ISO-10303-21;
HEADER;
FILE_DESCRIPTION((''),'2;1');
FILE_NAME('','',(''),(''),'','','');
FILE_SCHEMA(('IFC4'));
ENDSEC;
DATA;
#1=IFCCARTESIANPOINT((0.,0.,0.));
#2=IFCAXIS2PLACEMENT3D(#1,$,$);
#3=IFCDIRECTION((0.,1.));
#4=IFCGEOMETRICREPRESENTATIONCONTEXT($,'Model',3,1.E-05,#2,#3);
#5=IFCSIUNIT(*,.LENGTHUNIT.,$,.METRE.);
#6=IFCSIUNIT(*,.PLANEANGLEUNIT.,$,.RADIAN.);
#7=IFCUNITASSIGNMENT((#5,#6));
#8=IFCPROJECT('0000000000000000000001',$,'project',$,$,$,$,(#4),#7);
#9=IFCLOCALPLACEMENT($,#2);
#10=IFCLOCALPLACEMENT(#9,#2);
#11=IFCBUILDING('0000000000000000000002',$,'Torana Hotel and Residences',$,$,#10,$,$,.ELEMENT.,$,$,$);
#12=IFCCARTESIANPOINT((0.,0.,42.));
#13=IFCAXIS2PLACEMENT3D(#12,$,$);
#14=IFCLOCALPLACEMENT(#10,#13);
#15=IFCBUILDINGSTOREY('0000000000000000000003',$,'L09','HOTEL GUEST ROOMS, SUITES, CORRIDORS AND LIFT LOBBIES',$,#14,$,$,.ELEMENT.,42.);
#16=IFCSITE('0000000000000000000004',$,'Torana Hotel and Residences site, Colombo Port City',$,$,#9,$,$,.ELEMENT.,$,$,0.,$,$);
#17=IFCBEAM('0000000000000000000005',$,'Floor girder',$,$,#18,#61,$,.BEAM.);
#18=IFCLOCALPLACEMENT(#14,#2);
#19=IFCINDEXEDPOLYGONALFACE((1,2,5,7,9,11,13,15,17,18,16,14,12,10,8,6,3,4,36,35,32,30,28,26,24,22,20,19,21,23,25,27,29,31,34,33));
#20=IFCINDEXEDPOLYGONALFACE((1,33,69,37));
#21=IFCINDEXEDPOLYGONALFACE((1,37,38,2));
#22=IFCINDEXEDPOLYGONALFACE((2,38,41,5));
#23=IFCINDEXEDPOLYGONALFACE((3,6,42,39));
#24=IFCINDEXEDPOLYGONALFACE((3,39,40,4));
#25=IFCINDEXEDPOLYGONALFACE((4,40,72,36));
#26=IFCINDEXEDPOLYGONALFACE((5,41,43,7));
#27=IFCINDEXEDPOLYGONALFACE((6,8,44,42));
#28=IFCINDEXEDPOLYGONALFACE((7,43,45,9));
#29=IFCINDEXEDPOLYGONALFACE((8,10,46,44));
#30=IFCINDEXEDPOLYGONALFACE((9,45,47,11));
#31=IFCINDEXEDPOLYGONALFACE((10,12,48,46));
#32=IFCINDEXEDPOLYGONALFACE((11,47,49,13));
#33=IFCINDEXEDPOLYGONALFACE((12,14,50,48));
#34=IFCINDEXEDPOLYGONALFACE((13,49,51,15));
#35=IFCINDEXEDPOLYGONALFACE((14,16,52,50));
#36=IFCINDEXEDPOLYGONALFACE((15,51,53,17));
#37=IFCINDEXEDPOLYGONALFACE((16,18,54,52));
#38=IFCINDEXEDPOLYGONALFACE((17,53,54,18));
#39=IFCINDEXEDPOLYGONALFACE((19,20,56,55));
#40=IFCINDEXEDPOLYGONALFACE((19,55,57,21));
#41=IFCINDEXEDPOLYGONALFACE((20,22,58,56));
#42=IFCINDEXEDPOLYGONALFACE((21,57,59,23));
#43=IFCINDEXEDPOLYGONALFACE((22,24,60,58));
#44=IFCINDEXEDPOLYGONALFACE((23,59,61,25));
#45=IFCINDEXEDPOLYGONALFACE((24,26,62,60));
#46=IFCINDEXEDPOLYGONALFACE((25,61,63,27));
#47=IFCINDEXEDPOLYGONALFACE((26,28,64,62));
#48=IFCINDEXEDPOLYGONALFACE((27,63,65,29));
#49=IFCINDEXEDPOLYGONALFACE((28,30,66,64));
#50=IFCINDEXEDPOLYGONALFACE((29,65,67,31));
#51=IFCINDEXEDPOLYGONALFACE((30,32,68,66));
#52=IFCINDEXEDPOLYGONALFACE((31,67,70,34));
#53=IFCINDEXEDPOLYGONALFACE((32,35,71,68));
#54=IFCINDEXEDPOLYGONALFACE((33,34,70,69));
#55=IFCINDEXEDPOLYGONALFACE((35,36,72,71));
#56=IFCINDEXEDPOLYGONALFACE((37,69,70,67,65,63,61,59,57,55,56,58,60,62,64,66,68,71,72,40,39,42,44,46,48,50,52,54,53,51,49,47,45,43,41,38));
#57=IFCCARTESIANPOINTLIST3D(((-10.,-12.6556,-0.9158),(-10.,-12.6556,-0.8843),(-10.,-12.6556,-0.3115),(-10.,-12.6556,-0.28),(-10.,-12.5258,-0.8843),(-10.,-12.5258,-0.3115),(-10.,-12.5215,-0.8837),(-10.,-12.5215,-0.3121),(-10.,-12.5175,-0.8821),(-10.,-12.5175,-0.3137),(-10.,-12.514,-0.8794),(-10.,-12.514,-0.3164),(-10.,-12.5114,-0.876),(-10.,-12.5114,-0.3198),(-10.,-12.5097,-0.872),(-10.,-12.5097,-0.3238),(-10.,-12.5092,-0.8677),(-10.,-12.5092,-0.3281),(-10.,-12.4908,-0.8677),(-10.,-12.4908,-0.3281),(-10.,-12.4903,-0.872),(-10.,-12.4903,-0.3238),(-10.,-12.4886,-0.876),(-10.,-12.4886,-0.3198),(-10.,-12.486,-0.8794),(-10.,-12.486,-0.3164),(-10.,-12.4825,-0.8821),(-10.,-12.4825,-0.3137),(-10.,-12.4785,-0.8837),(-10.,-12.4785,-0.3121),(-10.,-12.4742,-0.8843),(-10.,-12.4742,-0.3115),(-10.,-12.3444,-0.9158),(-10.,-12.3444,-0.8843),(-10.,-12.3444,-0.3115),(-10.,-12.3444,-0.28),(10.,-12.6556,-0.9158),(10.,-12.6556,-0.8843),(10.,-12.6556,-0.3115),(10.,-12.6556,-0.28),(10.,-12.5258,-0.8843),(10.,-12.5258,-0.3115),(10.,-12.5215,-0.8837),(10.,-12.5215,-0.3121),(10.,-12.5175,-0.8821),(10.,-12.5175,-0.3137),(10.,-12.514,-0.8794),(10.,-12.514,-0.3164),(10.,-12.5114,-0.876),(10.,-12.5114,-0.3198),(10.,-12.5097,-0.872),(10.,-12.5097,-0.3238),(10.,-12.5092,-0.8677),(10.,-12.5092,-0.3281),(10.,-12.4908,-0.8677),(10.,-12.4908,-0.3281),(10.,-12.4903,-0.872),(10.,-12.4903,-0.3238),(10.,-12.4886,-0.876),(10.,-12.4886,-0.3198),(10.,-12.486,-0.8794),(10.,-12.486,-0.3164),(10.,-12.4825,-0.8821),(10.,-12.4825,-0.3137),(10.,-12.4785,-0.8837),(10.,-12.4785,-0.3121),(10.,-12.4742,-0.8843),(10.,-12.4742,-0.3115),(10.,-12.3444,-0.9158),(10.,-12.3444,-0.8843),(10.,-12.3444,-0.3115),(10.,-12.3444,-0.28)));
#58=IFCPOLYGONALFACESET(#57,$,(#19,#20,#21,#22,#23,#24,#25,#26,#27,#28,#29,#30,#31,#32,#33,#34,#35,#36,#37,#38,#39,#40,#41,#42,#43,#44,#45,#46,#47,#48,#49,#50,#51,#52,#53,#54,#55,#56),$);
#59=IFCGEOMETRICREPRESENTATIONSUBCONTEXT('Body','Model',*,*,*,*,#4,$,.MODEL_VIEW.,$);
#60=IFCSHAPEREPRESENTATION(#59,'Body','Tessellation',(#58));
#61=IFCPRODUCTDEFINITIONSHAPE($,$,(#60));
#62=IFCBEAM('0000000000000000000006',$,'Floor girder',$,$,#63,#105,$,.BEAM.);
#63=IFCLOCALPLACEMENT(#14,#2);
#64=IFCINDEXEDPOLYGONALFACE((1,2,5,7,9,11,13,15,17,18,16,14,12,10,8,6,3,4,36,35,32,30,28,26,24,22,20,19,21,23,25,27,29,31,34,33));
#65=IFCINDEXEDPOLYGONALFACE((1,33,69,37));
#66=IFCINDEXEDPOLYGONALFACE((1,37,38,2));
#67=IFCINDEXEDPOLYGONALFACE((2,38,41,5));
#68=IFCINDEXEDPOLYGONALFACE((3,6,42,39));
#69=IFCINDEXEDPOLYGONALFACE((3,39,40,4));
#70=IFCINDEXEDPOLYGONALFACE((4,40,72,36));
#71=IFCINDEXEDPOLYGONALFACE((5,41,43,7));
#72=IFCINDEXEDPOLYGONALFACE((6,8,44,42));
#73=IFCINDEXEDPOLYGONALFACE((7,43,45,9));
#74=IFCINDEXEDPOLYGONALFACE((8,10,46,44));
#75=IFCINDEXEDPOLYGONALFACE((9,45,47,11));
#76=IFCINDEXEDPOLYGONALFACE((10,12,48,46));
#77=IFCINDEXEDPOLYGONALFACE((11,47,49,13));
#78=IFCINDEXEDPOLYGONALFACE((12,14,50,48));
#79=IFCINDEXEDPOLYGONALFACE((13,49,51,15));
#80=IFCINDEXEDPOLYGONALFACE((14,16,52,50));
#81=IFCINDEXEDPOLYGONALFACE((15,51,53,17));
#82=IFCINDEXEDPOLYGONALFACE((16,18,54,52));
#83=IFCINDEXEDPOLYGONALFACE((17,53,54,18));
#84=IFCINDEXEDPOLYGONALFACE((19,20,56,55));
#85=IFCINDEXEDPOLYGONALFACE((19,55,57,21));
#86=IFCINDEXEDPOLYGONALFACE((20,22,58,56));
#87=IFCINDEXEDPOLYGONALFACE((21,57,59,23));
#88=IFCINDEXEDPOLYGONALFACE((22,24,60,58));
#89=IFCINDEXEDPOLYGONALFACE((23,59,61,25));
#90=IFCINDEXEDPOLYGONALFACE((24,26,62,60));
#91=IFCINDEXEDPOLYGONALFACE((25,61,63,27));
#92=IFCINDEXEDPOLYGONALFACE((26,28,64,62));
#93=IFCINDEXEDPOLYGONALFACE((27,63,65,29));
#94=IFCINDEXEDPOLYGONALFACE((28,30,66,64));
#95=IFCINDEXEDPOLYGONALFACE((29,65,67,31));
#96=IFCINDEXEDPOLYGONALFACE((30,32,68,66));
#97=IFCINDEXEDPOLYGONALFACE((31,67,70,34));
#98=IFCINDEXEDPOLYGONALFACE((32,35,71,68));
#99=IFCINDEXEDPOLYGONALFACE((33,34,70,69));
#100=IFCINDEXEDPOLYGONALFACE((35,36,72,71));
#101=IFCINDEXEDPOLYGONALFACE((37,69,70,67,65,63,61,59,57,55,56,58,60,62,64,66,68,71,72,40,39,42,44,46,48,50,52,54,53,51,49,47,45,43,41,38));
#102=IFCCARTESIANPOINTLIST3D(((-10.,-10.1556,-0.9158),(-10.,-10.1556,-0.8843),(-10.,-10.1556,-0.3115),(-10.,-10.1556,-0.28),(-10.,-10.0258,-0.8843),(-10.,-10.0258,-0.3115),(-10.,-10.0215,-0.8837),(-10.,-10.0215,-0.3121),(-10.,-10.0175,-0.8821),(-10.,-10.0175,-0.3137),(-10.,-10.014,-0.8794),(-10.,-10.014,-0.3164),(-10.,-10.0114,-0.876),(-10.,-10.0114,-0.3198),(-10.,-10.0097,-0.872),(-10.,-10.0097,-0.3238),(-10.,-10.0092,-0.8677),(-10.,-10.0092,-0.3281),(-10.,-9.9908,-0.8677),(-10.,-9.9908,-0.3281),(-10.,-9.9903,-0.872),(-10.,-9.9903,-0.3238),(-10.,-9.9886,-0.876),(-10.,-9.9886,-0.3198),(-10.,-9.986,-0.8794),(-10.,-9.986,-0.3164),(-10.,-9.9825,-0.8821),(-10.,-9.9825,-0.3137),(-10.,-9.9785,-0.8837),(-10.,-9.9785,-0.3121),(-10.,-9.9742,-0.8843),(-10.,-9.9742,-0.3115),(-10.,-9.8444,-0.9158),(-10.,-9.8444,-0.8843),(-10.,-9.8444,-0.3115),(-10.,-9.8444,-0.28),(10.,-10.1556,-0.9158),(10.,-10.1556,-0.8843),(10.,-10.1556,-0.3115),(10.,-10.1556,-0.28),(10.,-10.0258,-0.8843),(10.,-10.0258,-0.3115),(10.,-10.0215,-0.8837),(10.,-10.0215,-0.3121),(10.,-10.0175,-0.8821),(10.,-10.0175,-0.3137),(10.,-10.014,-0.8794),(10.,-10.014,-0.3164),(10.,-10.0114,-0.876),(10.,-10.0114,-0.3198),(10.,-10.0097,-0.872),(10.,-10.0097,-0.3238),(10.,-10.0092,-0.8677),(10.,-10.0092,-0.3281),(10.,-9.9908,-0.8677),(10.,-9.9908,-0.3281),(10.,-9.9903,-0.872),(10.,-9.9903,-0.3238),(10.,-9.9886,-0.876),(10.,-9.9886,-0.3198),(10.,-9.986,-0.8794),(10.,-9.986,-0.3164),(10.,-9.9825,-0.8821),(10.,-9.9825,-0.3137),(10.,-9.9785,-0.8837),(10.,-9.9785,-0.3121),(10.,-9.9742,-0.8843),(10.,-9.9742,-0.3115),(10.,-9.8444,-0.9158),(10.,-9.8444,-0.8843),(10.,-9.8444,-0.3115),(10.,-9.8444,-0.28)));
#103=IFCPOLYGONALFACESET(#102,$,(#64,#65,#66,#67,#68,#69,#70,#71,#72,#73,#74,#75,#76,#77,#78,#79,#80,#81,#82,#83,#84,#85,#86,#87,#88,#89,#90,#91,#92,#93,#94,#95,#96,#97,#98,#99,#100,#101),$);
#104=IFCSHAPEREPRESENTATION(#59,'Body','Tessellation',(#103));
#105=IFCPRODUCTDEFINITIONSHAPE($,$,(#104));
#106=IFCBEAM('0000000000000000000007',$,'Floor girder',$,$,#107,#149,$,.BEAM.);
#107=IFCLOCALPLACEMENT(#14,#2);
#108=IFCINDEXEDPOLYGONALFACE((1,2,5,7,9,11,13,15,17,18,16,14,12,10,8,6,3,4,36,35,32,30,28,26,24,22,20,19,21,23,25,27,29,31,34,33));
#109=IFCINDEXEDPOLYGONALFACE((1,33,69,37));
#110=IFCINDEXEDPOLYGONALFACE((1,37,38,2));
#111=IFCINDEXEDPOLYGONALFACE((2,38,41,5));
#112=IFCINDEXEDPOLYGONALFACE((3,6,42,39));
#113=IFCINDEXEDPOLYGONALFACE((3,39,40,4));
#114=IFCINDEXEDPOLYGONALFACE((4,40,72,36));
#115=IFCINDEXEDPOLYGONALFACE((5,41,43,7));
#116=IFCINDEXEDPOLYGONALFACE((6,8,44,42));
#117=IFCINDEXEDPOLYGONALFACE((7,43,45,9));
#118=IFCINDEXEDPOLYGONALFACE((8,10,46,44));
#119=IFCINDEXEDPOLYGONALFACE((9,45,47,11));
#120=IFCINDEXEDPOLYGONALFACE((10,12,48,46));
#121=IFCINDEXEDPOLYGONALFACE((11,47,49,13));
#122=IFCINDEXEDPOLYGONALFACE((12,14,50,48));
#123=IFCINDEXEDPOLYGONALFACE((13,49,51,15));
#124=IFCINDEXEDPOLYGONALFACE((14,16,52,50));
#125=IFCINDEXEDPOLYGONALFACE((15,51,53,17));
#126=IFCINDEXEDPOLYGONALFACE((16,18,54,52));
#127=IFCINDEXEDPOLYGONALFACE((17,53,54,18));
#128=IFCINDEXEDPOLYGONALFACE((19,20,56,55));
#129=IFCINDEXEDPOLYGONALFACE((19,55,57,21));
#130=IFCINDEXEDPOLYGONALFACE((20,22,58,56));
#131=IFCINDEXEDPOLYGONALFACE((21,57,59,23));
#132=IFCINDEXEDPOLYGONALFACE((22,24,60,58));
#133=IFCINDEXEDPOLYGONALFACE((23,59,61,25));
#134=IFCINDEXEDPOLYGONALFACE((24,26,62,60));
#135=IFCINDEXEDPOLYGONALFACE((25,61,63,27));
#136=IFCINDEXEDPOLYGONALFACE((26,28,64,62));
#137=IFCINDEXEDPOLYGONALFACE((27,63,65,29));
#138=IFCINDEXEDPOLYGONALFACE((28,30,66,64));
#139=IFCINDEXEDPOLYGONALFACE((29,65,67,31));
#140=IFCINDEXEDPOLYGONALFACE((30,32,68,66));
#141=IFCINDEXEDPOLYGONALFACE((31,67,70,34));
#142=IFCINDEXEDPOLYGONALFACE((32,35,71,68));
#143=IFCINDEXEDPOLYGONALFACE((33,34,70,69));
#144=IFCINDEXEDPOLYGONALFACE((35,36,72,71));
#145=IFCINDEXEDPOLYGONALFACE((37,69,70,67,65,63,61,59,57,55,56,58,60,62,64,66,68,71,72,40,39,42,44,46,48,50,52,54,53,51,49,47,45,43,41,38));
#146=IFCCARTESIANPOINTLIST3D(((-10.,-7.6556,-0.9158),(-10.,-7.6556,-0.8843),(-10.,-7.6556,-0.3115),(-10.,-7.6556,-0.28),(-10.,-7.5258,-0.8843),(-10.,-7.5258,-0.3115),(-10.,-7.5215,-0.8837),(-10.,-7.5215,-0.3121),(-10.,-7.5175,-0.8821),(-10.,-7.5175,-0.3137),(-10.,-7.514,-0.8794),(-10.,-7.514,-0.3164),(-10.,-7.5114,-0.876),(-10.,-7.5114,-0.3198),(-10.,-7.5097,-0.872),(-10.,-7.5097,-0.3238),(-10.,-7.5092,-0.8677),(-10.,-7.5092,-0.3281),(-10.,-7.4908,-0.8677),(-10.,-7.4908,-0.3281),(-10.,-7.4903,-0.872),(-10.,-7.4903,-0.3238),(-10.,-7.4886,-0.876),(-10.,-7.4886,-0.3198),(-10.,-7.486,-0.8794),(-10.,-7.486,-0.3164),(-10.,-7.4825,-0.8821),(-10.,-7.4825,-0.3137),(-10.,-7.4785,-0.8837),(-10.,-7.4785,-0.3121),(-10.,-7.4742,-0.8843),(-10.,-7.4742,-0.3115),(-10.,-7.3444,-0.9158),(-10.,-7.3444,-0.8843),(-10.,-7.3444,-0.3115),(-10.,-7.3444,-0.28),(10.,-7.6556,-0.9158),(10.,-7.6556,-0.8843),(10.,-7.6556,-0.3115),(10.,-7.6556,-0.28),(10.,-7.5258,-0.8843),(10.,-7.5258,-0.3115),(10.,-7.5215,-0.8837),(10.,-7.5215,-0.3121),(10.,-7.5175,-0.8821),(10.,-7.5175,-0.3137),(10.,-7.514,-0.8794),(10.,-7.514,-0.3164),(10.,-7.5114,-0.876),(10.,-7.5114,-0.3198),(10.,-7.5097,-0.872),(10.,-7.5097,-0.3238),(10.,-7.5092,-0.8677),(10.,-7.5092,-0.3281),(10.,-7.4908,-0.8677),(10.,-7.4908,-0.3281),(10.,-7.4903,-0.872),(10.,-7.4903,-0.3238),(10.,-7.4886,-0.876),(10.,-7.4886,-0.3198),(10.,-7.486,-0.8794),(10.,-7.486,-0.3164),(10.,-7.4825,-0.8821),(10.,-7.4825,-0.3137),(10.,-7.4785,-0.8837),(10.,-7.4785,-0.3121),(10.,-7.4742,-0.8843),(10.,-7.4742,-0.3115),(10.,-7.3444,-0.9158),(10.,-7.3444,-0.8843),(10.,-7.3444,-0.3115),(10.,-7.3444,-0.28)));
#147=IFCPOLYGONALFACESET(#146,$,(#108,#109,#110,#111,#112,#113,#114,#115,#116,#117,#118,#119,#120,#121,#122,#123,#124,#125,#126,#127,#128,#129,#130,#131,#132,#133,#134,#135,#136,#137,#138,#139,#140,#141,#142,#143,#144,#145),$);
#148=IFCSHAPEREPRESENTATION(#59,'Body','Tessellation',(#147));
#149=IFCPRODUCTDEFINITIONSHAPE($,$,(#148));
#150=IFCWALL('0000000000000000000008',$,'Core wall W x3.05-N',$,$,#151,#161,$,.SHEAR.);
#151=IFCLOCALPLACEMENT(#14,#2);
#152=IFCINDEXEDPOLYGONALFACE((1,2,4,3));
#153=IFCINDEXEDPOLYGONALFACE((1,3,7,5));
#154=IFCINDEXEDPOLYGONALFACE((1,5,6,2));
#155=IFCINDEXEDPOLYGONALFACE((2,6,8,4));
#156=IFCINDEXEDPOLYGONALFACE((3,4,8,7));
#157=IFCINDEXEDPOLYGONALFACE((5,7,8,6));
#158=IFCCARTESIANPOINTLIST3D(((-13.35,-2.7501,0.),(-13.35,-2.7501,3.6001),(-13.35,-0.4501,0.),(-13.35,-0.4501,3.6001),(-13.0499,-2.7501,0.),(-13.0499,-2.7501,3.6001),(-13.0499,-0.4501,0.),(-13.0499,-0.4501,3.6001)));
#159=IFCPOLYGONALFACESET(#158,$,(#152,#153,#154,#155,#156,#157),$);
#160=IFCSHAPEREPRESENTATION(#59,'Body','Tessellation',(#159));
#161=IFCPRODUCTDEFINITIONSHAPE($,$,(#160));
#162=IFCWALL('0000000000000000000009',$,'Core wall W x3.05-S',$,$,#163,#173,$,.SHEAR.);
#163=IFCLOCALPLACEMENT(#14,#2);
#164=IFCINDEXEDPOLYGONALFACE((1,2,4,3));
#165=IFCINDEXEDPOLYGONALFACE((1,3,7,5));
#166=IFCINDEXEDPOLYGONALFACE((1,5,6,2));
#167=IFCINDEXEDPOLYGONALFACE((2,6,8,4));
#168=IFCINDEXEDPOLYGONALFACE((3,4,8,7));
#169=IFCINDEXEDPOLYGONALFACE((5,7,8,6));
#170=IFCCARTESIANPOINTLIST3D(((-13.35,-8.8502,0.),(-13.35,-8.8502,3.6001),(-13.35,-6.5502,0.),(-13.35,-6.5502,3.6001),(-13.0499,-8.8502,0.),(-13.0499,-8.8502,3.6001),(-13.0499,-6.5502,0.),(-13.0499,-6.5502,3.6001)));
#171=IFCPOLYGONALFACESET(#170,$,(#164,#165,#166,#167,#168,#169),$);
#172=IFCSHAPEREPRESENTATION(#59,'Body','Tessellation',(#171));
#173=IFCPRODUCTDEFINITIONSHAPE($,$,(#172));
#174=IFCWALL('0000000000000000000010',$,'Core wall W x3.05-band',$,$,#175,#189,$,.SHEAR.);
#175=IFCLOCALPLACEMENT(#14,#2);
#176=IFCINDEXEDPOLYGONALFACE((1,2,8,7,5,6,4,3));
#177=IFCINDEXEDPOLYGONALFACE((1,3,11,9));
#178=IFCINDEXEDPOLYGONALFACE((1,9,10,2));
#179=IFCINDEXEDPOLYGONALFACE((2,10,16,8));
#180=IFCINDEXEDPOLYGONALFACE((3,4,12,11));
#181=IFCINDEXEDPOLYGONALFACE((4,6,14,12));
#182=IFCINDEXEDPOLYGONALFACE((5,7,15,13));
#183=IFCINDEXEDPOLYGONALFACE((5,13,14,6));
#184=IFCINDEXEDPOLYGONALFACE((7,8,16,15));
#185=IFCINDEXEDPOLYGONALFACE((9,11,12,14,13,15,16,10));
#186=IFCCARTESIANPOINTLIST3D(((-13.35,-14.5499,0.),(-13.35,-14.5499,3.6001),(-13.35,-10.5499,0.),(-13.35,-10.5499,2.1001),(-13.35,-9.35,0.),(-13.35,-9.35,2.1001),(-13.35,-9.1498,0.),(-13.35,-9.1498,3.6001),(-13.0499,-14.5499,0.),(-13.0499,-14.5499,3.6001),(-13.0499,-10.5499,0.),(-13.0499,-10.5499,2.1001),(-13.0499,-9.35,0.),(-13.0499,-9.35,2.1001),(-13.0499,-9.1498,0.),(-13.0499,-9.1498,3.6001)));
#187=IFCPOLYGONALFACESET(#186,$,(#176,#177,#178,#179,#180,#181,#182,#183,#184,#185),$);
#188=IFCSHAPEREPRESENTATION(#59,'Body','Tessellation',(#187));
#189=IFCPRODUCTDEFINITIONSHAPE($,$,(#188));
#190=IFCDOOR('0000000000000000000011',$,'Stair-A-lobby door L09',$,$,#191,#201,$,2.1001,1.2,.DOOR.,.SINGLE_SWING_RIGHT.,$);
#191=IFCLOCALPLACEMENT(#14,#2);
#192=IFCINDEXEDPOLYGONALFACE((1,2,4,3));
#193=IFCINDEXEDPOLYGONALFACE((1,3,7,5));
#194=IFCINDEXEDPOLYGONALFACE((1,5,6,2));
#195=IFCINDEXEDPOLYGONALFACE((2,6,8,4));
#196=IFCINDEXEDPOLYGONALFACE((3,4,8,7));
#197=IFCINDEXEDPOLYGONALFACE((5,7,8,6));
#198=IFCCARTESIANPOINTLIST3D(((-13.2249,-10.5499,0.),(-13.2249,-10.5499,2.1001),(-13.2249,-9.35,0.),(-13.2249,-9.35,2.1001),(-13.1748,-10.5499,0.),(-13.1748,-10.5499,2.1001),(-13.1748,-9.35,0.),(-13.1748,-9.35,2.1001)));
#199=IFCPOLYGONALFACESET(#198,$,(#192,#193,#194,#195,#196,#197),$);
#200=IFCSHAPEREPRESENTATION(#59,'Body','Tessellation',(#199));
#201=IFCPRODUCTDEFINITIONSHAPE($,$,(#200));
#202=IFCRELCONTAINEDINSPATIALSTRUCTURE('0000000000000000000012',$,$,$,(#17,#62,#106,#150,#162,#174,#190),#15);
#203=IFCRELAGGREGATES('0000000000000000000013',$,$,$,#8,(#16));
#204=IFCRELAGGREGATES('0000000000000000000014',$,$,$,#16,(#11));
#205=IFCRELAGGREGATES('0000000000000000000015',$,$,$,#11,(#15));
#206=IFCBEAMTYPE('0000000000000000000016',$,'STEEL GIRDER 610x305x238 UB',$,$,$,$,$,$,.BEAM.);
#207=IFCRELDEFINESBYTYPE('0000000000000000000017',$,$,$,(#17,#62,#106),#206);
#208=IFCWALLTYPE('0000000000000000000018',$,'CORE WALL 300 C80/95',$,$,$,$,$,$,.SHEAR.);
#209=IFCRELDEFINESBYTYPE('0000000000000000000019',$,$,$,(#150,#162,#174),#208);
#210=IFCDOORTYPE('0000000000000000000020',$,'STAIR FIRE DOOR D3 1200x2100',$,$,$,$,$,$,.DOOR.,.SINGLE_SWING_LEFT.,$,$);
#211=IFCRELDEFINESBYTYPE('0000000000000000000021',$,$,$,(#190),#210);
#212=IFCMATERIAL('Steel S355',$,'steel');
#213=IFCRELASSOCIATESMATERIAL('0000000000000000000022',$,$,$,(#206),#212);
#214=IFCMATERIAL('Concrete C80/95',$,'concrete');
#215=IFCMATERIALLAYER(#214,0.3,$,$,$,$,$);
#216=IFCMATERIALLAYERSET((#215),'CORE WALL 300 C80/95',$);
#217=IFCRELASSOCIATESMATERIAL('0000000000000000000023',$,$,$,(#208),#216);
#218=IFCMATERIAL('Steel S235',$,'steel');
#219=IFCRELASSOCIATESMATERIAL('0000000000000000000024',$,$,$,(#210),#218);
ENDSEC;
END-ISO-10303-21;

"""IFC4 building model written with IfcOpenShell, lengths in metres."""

from ifc_helpers import new_model, si_unit, direction, frame, frame_2d, origin, origin_2d, place, context, subcontext, project, spatial, rectangle, i_section, extrude, material, layer, layer_set, material_profile, profile_set, type_object, element, fill, save


model = new_model("IFC4")

# Units and contexts
model_context = context("Model", 3, precision=1e-05, world=origin(), true_north=direction((0.0, 1.0)))
body_context = subcontext(model_context, "Body", "Model", "MODEL_VIEW")
ifc_project = project(units=[si_unit("LENGTHUNIT", "METRE"), si_unit("PLANEANGLEUNIT", "RADIAN")], contexts=[model_context])

# Site, building, storey
site_placement = place(None, origin())
site = spatial("IfcSite", under=ifc_project, at=site_placement, Name="Torana Hotel and Residences site, Colombo Port City", CompositionType="ELEMENT", RefElevation=0.0)
building_placement = place(site_placement, origin())
building = spatial("IfcBuilding", under=site, at=building_placement, Name="Torana Hotel and Residences", CompositionType="ELEMENT")
storey_placement = place(building_placement, frame((0.0, 0.0, 42.0)))
storey = spatial("IfcBuildingStorey", under=building, at=storey_placement, Name="L09", Description="HOTEL GUEST ROOMS, SUITES, CORRIDORS AND LIFT LOBBIES", CompositionType="ELEMENT", Elevation=42.0)

# Beams
ifc_material_1 = material(Name="Steel S355", Category="steel")
ifc_material_profile = material_profile(ifc_material_1, i_section(OverallWidth=0.3113, OverallDepth=0.6357, WebThickness=0.0183, FlangeThickness=0.0315, FilletRadius=0.0166, at=origin_2d()), Name="610x305x238 UB")
ifc_profile_set = profile_set([ifc_material_profile], Name="Steel S355")
beam_type = type_object("IfcBeamType", Name="STEEL GIRDER 610x305x238 UB", PredefinedType="BEAM", material=ifc_profile_set)
for number, where, z_axis, x_axis, name in (
    (1, (-10.0, -12.5, -0.5979), (1.0, 0.0, 0.0), (0.0, 1.0, 0.0), "Floor girder"),
    (2, (-10.0, -10.0, -0.5979), (1.0, 0.0, 0.0), (0.0, 1.0, 0.0), "Floor girder"),
    (3, (-10.0, -7.5, -0.5979), (1.0, 0.0, 0.0), (0.0, 1.0, 0.0), "Floor girder"),
):
    element("IfcBeam", number, at=place(storey_placement, frame(where, z_axis=z_axis, x_axis=x_axis)), inside=storey, type_object=beam_type, Name=name, PredefinedType="BEAM", context=body_context, shape_type="SweptSolid", body=[
        extrude(i_section(OverallWidth=0.3113, OverallDepth=0.6357, WebThickness=0.0183, FlangeThickness=0.0315, FilletRadius=0.0166, at=origin_2d()), origin(), (0.0, 0.0, 1.0), 20.0),
    ])

# Walls
ifc_material_2 = material(Name="Concrete C80/95", Category="concrete")
ifc_layer_1 = layer(ifc_material_2, 0.3)
ifc_layer_set_1 = layer_set([ifc_layer_1], Name="CORE WALL 300 C80/95")
wall_type_1 = type_object("IfcWallType", Name="CORE WALL 300 C80/95", PredefinedType="SHEAR", material=ifc_layer_set_1)
for number, where, z_axis, x_axis, name in (
    (4, (-13.2, -2.75, 0.0), (0.0, 0.0, 1.0), (0.0, 1.0, 0.0), "Core wall W x3.05-N"),
    (5, (-13.2, -8.8501, 0.0), (0.0, 0.0, 1.0), (0.0, 1.0, 0.0), "Core wall W x3.05-S"),
):
    element("IfcWall", number, at=place(storey_placement, frame(where, z_axis=z_axis, x_axis=x_axis)), inside=storey, type_object=wall_type_1, Name=name, PredefinedType="SHEAR", context=body_context, shape_type="SweptSolid", body=[
        extrude(rectangle(XDim=2.3, YDim=0.3, at=frame_2d((1.1499, 0.0))), origin(), (0.0, 0.0, 1.0), 3.6001),
    ])

# Wall, opening, door
wall_1_placement = place(storey_placement, frame((-13.2, -14.55, 0.0), z_axis=(0.0, 0.0, 1.0), x_axis=(0.0, 1.0, 0.0)))
wall_1 = element("IfcWall", 6, at=wall_1_placement, inside=storey, type_object=wall_type_1, Name="Core wall W x3.05-band", PredefinedType="SHEAR", context=body_context, shape_type="SweptSolid", body=[
    extrude(rectangle(XDim=5.4001, YDim=0.3, at=frame_2d((2.7002, 0.0))), origin(), (0.0, 0.0, 1.0), 3.6001),
])
opening_1_placement = place(wall_1_placement, frame((4.0, 0.0, 0.0)))
opening_1 = element("IfcOpeningElement", 7, at=opening_1_placement, cuts=wall_1, PredefinedType="OPENING", context=body_context, shape_type="SweptSolid", body=[
    extrude(rectangle(XDim=1.2, YDim=2.1001, at=frame_2d((0.6001, 1.05))), frame((0.0, 0.1599, 0.0), z_axis=(0.0, -1.0, 0.0), x_axis=(1.0, 0.0, 0.0)), (0.0, 0.0, 1.0), 0.3201),
])
ifc_material_3 = material(Name="Steel S235", Category="steel")
door_type_1 = type_object("IfcDoorType", Name="STAIR FIRE DOOR D3 1200x2100", OperationType="SINGLE_SWING_LEFT", PredefinedType="DOOR", material=ifc_material_3)
door_1_placement = place(opening_1_placement, frame((0.6001, 0.0, 0.0), z_axis=(0.0, 0.0, 1.0), x_axis=(-1.0, 0.0, 0.0)))
door_1 = element("IfcDoor", 8, at=door_1_placement, inside=storey, type_object=door_type_1, Name="Stair-A-lobby door L09", OperationType="SINGLE_SWING_RIGHT", OverallHeight=2.1001, OverallWidth=1.2, PredefinedType="DOOR", context=body_context, shape_type="SweptSolid", body=[
    extrude(rectangle(XDim=1.2, YDim=2.1001, at=frame_2d((0.0, 1.05))), frame((0.0, -0.0249, 0.0), z_axis=(0.0, 1.0, 0.0), x_axis=(-1.0, 0.0, 0.0)), (0.0, 0.0, 1.0), 0.05),
])
fill(opening_1, door_1)

save(model, "model.ifc")
